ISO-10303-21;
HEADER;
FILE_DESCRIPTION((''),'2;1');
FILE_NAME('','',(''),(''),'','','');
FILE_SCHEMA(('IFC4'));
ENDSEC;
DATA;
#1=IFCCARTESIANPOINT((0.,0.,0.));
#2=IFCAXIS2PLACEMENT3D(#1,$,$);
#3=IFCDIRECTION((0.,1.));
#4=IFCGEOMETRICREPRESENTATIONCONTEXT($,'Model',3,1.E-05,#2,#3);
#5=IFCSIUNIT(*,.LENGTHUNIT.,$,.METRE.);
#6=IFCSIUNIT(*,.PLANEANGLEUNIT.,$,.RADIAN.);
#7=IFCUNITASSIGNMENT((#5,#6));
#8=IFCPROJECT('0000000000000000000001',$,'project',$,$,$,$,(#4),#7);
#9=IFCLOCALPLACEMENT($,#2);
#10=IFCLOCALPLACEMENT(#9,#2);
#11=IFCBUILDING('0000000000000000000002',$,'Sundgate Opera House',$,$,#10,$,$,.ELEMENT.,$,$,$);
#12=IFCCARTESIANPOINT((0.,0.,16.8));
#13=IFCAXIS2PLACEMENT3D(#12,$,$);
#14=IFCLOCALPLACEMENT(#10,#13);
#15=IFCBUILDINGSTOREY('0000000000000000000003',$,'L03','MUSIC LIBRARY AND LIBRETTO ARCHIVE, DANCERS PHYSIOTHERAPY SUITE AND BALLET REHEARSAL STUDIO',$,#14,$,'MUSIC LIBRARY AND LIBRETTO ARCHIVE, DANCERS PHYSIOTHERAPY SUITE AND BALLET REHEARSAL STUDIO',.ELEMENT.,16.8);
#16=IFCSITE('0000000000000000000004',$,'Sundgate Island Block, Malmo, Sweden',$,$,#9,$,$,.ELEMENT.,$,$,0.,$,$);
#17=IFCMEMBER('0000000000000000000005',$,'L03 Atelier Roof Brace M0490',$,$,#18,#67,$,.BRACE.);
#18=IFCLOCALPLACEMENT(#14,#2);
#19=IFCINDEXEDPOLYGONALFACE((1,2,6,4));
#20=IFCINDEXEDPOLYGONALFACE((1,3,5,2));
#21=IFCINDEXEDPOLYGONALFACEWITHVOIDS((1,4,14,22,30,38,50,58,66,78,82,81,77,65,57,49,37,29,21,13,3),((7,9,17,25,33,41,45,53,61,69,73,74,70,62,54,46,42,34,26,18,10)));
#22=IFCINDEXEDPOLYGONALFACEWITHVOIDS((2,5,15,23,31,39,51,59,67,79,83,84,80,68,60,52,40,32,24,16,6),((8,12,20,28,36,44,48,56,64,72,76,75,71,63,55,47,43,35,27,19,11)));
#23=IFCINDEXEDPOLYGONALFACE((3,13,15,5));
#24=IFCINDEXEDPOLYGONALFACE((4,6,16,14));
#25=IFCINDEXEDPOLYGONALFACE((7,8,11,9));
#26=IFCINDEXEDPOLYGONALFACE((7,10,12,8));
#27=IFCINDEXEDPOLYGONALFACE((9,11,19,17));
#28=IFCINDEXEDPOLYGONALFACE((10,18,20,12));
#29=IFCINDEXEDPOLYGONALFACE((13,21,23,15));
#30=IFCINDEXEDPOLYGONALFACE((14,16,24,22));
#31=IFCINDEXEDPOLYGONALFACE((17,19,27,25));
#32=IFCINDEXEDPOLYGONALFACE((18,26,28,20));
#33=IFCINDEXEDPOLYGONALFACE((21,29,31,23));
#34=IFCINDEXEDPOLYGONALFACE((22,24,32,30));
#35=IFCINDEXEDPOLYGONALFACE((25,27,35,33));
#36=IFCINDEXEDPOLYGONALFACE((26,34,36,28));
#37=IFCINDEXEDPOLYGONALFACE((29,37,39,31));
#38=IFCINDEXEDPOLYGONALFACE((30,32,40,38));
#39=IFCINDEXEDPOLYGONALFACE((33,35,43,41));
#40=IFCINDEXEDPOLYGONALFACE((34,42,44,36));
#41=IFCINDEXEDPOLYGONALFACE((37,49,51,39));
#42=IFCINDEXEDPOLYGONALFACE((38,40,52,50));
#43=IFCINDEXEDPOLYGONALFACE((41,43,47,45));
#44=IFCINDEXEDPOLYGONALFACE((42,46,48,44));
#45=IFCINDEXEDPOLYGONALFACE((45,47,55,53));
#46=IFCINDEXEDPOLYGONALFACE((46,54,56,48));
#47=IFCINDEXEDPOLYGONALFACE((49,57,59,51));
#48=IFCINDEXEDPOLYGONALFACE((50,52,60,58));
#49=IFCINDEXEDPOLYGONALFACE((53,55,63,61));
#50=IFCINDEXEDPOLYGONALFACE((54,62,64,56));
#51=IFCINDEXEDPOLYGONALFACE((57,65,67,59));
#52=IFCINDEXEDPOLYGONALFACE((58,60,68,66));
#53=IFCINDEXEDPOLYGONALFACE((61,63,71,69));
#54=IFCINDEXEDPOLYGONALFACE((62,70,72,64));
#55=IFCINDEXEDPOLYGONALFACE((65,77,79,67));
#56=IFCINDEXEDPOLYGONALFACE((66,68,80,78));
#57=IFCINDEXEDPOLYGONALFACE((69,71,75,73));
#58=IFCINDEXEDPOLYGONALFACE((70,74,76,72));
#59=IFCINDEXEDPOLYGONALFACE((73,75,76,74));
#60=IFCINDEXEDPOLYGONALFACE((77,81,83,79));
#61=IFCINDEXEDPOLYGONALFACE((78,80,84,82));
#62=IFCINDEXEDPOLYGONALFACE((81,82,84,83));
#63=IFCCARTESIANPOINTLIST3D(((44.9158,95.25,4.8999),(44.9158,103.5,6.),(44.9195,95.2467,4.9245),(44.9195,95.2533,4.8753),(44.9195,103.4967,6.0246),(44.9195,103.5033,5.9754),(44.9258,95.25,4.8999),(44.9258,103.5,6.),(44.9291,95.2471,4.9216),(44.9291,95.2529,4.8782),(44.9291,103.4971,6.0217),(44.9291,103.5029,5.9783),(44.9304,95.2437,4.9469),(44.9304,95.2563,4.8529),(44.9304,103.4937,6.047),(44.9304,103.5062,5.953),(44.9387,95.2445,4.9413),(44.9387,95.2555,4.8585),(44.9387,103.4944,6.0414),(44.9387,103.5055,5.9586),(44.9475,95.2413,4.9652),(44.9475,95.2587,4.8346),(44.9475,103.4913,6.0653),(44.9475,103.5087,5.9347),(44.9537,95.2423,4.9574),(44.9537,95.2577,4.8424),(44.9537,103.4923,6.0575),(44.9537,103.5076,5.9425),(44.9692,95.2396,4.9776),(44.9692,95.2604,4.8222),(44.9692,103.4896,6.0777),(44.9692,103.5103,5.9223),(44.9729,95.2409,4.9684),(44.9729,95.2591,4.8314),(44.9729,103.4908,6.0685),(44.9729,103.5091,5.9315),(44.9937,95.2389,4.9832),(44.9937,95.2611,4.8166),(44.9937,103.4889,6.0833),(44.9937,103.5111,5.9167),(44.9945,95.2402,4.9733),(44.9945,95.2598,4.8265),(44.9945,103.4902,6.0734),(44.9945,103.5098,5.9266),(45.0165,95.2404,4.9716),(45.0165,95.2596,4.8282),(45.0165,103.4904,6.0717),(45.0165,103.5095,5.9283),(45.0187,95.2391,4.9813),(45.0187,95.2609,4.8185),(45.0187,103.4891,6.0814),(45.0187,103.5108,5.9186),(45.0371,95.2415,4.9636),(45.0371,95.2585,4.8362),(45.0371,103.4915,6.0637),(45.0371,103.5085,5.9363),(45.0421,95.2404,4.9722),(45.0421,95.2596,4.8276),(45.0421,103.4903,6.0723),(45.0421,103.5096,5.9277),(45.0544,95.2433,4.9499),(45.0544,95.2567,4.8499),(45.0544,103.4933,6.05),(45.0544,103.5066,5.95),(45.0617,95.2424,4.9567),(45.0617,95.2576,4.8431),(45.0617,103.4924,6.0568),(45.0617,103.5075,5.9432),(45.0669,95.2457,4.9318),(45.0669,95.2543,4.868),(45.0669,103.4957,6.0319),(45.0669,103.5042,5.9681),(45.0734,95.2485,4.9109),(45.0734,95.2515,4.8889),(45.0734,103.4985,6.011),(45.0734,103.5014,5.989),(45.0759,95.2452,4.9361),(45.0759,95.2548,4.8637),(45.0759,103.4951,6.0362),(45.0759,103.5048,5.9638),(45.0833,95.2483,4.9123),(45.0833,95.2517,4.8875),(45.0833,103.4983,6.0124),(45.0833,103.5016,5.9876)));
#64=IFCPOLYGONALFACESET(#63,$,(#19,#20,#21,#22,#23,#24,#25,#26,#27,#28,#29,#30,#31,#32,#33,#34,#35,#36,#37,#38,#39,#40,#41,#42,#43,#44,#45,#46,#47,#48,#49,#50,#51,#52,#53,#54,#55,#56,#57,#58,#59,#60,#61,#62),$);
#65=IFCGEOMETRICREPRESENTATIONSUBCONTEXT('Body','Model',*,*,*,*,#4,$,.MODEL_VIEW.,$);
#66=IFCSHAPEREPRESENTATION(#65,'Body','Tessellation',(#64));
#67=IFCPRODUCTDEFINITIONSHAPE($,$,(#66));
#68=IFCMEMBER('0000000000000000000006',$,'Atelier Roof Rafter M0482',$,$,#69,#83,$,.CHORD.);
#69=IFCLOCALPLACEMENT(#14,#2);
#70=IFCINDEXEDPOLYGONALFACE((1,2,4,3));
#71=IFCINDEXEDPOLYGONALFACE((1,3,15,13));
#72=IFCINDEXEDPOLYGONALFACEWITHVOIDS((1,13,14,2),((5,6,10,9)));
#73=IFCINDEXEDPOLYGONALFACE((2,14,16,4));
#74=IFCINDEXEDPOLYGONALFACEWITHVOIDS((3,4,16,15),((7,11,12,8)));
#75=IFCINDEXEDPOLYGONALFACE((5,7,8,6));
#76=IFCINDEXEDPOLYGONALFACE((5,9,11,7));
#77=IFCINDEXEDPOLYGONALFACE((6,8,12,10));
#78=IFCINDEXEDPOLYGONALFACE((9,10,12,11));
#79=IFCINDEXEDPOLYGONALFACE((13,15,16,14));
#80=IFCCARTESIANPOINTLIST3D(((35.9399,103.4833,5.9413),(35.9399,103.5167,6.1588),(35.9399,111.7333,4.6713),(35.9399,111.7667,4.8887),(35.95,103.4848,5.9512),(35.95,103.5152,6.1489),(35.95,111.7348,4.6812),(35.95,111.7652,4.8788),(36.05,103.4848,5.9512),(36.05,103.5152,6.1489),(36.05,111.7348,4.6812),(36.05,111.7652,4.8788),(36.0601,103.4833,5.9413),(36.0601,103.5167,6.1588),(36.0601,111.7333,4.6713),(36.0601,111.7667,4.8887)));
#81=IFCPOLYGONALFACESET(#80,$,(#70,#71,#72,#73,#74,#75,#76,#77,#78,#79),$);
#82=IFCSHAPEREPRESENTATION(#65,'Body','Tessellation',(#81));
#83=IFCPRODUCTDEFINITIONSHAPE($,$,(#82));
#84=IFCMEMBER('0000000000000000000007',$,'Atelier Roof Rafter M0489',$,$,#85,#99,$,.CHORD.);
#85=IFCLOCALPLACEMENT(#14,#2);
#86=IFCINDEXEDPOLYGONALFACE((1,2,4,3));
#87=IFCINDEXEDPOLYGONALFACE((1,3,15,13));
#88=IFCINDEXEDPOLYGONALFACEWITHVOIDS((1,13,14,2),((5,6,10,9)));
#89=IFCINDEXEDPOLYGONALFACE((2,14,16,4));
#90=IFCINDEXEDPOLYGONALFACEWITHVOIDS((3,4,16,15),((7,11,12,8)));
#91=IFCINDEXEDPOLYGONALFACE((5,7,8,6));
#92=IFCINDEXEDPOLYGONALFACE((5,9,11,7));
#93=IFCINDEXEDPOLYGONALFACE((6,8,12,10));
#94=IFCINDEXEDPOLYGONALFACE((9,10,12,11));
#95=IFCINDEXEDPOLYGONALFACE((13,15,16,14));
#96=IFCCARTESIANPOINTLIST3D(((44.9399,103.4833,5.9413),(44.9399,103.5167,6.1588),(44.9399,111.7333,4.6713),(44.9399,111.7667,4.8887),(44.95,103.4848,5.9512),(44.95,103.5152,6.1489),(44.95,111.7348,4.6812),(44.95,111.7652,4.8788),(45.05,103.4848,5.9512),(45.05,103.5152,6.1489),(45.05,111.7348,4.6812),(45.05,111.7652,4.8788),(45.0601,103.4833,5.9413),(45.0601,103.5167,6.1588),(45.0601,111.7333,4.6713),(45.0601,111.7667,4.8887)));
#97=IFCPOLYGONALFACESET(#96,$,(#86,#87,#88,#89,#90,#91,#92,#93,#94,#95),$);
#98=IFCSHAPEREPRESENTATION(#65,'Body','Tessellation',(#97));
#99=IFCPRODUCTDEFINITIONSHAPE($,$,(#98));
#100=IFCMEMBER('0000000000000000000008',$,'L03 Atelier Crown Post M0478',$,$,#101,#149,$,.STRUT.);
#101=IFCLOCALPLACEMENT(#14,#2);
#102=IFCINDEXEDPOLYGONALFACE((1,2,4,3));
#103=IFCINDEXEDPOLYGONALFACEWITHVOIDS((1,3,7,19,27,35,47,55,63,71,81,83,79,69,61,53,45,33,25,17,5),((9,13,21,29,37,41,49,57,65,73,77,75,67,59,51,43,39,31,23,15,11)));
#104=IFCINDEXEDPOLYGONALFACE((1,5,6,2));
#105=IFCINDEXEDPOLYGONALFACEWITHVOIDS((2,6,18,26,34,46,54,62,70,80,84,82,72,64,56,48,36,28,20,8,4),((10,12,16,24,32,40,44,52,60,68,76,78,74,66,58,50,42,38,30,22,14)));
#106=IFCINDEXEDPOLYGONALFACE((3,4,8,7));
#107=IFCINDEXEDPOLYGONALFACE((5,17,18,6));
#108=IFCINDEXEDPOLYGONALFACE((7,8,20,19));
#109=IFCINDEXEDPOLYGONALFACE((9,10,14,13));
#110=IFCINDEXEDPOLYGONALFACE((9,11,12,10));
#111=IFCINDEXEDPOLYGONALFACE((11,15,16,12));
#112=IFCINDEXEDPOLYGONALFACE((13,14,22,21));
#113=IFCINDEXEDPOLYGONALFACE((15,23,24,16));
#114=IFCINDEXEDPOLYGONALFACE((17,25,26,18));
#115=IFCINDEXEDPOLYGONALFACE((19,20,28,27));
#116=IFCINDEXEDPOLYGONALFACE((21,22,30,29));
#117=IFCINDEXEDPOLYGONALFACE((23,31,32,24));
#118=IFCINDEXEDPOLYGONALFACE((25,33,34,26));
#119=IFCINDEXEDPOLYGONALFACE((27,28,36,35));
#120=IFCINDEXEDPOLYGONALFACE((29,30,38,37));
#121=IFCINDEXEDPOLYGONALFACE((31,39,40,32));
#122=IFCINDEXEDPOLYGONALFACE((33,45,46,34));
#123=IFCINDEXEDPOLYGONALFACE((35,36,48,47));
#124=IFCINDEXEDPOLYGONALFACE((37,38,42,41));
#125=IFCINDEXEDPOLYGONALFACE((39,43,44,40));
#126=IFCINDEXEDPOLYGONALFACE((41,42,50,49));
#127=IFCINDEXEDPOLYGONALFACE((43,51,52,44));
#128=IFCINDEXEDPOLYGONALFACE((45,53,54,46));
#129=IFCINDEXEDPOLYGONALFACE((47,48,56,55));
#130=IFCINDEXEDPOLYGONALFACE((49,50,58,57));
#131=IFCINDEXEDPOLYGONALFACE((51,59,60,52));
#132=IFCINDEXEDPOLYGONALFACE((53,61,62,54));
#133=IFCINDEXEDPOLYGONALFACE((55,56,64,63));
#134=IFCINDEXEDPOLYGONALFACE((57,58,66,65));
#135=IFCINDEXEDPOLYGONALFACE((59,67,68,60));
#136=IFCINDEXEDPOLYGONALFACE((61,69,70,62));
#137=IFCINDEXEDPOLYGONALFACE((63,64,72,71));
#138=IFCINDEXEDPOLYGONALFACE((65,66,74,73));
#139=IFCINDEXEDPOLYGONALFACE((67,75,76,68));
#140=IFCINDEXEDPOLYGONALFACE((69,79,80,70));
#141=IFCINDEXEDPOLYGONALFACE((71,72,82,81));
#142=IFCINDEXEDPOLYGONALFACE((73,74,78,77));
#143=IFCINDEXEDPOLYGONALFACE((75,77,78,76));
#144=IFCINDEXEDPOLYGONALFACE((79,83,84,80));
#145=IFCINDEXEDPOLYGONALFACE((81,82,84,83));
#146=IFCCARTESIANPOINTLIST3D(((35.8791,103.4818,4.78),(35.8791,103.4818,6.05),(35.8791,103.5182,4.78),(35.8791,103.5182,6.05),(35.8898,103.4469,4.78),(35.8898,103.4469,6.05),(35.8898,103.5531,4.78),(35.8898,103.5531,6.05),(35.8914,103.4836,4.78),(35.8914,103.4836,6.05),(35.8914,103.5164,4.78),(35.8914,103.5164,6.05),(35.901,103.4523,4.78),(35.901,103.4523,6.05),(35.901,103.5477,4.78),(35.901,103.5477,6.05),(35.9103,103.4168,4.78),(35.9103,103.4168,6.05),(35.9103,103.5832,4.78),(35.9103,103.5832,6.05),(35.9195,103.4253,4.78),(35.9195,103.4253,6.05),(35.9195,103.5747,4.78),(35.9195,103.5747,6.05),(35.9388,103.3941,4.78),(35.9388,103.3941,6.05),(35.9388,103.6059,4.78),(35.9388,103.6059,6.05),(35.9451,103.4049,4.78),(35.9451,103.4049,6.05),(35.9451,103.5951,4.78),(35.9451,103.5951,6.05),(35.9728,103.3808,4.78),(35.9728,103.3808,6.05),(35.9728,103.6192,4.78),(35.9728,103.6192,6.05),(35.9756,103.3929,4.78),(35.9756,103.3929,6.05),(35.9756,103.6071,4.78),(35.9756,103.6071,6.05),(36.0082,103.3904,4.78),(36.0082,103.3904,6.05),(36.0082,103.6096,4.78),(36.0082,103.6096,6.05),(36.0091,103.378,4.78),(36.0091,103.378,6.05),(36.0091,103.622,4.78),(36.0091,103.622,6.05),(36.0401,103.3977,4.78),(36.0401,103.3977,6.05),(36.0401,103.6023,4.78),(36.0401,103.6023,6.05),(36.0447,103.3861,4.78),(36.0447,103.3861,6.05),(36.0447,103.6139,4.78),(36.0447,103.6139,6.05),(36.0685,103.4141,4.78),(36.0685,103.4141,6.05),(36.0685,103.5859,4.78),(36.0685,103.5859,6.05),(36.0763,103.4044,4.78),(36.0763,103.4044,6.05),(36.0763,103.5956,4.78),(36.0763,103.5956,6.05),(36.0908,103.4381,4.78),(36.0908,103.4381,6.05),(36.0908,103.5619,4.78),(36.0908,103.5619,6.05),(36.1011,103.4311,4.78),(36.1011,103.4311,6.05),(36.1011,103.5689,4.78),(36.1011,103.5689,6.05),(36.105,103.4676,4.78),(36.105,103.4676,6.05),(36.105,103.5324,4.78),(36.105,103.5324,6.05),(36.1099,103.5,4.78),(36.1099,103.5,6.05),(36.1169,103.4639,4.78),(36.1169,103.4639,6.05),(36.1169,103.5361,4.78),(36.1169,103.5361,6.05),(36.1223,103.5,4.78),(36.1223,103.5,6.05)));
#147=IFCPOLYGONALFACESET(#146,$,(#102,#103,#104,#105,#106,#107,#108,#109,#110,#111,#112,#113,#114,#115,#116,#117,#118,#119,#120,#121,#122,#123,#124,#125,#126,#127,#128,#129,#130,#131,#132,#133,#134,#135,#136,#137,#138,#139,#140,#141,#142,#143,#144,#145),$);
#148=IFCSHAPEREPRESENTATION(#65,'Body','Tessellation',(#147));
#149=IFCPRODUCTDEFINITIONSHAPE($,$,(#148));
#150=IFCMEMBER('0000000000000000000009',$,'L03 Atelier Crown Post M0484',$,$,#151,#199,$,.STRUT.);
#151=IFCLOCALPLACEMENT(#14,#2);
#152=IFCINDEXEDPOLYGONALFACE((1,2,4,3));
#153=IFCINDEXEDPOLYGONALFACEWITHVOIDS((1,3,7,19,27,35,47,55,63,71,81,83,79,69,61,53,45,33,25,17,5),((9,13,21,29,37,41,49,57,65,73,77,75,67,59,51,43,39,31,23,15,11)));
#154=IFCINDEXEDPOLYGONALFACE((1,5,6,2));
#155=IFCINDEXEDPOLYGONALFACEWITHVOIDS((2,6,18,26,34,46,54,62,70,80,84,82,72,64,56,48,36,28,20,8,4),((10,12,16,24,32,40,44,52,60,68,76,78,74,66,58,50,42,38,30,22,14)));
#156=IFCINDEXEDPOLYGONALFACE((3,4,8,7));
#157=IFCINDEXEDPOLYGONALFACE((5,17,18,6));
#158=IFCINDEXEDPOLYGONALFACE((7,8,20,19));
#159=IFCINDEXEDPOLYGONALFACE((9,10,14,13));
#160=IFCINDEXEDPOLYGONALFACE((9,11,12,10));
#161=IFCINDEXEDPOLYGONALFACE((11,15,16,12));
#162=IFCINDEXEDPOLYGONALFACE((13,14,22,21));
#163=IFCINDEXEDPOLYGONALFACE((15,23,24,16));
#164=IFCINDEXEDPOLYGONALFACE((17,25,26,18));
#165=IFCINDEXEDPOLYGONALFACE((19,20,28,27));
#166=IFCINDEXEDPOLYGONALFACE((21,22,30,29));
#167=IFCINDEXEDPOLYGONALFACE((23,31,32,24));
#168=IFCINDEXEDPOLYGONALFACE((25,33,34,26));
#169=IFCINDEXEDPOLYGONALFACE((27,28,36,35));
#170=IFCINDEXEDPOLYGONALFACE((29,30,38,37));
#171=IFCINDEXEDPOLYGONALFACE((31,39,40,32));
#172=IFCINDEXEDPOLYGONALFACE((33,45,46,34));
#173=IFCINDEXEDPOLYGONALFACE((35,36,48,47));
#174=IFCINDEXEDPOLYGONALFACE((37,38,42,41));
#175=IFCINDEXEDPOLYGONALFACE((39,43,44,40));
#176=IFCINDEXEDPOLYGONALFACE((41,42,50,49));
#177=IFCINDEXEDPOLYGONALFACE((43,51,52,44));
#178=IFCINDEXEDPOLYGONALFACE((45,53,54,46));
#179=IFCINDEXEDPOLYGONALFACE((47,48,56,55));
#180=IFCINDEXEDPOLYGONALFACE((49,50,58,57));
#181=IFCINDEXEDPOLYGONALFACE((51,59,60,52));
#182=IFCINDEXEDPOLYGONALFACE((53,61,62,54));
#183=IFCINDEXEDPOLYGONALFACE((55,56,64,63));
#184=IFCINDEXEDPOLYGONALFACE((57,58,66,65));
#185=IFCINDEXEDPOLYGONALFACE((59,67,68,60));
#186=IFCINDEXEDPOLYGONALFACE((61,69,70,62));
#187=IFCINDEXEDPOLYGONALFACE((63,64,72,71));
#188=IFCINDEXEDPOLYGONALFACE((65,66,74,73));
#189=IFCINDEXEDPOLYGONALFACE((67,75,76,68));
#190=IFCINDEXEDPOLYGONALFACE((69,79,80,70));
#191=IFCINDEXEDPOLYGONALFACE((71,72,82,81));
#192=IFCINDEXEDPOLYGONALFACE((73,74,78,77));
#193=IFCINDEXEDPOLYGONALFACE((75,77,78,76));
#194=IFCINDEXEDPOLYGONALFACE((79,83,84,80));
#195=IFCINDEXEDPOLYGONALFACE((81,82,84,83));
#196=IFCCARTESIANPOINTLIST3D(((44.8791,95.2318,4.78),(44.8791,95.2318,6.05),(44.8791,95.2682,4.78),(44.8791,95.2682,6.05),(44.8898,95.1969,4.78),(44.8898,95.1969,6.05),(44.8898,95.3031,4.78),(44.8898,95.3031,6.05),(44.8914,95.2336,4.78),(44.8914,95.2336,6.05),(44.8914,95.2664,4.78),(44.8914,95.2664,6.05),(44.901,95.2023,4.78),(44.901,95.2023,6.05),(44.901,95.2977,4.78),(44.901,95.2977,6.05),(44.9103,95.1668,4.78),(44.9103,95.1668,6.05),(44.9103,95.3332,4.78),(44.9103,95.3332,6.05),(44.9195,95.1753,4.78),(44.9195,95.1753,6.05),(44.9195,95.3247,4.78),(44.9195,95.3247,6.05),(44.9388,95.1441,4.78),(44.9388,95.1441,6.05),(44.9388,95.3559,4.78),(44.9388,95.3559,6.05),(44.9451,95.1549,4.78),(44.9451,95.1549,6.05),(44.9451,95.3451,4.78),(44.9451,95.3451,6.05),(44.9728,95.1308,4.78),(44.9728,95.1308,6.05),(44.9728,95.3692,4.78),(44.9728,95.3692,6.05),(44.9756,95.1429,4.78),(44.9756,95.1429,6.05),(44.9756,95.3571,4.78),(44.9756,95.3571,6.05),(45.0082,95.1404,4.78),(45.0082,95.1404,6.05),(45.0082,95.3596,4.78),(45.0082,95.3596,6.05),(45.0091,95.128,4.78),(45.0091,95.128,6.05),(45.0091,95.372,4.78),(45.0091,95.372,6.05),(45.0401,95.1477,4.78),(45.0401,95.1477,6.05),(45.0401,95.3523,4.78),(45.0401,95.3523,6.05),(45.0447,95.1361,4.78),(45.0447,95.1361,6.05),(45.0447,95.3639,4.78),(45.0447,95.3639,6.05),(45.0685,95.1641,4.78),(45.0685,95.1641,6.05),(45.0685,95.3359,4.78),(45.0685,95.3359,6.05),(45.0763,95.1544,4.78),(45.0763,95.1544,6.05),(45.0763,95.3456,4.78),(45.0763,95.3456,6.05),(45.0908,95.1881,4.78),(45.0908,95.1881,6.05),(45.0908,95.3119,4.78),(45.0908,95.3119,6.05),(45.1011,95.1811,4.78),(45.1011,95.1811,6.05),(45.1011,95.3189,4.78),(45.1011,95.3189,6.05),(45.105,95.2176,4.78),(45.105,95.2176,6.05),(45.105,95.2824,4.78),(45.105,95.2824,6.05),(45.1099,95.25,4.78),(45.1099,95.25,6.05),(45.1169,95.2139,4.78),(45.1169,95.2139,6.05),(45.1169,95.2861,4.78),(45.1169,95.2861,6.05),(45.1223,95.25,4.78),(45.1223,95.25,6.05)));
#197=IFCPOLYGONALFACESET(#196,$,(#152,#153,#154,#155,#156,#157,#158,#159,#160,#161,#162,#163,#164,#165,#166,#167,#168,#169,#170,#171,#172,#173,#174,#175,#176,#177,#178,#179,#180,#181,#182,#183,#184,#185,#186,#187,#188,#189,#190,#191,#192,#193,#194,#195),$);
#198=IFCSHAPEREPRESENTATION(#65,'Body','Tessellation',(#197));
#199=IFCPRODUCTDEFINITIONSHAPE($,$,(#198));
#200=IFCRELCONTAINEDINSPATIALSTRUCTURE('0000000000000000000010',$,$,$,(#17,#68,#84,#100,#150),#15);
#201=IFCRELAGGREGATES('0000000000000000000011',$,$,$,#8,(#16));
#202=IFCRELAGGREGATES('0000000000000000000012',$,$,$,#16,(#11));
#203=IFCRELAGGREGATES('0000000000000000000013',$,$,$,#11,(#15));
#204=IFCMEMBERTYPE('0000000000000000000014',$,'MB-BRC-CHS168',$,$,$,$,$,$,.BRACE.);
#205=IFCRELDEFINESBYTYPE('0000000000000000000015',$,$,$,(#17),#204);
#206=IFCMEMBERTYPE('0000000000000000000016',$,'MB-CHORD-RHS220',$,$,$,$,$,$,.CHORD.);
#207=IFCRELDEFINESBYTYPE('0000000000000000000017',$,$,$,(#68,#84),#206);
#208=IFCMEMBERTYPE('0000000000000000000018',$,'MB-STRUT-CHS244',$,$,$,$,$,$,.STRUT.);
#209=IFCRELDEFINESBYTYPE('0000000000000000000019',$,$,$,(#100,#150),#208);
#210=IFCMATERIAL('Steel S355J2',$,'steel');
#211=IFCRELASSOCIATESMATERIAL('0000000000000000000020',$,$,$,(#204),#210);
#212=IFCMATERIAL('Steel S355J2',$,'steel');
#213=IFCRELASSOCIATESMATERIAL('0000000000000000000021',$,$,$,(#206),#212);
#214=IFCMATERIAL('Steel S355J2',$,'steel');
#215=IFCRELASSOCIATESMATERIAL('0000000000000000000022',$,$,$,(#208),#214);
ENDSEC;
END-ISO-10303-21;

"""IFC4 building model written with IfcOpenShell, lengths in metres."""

from ifc_helpers import new_model, si_unit, direction, frame, origin, origin_2d, place, context, subcontext, project, spatial, hollow_rectangle, hollow_circle, extrude, material, material_profile, profile_set, type_object, element, save


model = new_model("IFC4")

# Units and contexts
model_context = context("Model", 3, precision=1e-05, world=origin(), true_north=direction((0.0, 1.0)))
body_context = subcontext(model_context, "Body", "Model", "MODEL_VIEW")
ifc_project = project(units=[si_unit("LENGTHUNIT", "METRE"), si_unit("PLANEANGLEUNIT", "RADIAN")], contexts=[model_context])

# Site, building, storey
site_placement = place(None, origin())
site = spatial("IfcSite", under=ifc_project, at=site_placement, Name="Sundgate Island Block, Malmo, Sweden", CompositionType="ELEMENT", RefElevation=0.0)
building_placement = place(site_placement, origin())
building = spatial("IfcBuilding", under=site, at=building_placement, Name="Sundgate Opera House", CompositionType="ELEMENT")
storey_placement = place(building_placement, frame((0.0, 0.0, 16.8)))
storey = spatial("IfcBuildingStorey", under=building, at=storey_placement, Name="L03", Description="MUSIC LIBRARY AND LIBRETTO ARCHIVE, DANCERS PHYSIOTHERAPY SUITE AND BALLET REHEARSAL STUDIO", LongName="MUSIC LIBRARY AND LIBRETTO ARCHIVE, DANCERS PHYSIOTHERAPY SUITE AND BALLET REHEARSAL STUDIO", CompositionType="ELEMENT", Elevation=16.8)

# Members
ifc_material_1 = material(Name="Steel S355J2", Category="steel")
ifc_material_profile_1 = material_profile(ifc_material_1, hollow_circle(Radius=0.0842, WallThickness=0.01, at=origin_2d()), Name="CHS 168.3x10.0")
ifc_profile_set_1 = profile_set([ifc_material_profile_1], Name="Steel S355J2")
member_type_1 = type_object("IfcMemberType", Name="MB-BRC-CHS168", PredefinedType="BRACE", material=ifc_profile_set_1)
member_placement = place(storey_placement, frame((45.0, 95.25, 4.8999), z_axis=(0.0, 0.991226, 0.132175), x_axis=(-1.0, 0.0, 0.0)))
element("IfcMember", 1, at=member_placement, inside=storey, type_object=member_type_1, Name="L03 Atelier Roof Brace M0490", PredefinedType="BRACE", context=body_context, shape_type="SweptSolid", body=[
    extrude(hollow_circle(Radius=0.0842, WallThickness=0.01, at=origin_2d()), origin(), (0.0, 0.0, 1.0), 8.323),
])
ifc_material_2 = material(Name="Steel S355J2", Category="steel")
ifc_material_profile_2 = material_profile(ifc_material_2, hollow_rectangle(XDim=0.1201, YDim=0.22, WallThickness=0.01, at=origin_2d()), Name="RHS 220x120x10.0")
ifc_profile_set_2 = profile_set([ifc_material_profile_2], Name="Steel S355J2")
member_type_2 = type_object("IfcMemberType", Name="MB-CHORD-RHS220", PredefinedType="CHORD", material=ifc_profile_set_2)
for number, where, z_axis, x_axis, name in (
    (2, (36.0, 103.5, 6.05), (0.0, 0.988357, -0.152149), (-1.0, 0.0, 0.0), "Atelier Roof Rafter M0482"),
    (3, (45.0, 103.5, 6.05), (0.0, 0.988357, -0.152149), (-1.0, 0.0, 0.0), "Atelier Roof Rafter M0489"),
):
    element("IfcMember", number, at=place(storey_placement, frame(where, z_axis=z_axis, x_axis=x_axis)), inside=storey, type_object=member_type_2, Name=name, PredefinedType="CHORD", context=body_context, shape_type="SweptSolid", body=[
        extrude(hollow_rectangle(XDim=0.1201, YDim=0.22, WallThickness=0.01, at=origin_2d()), origin(), (0.0, 0.0, 1.0), 8.3472),
    ])
ifc_material_3 = material(Name="Steel S355J2", Category="steel")
ifc_material_profile_3 = material_profile(ifc_material_3, hollow_circle(Radius=0.1223, WallThickness=0.0125, at=origin_2d()), Name="CHS 244.5x12.5")
ifc_profile_set_3 = profile_set([ifc_material_profile_3], Name="Steel S355J2")
member_type_3 = type_object("IfcMemberType", Name="MB-STRUT-CHS244", PredefinedType="STRUT", material=ifc_profile_set_3)
for number, where, z_axis, x_axis, name in (
    (4, (36.0, 103.5, 4.78), (0.0, 0.0, 1.0), (1.0, 0.0, 0.0), "L03 Atelier Crown Post M0478"),
    (5, (45.0, 95.25, 4.78), (0.0, 0.0, 1.0), (1.0, 0.0, 0.0), "L03 Atelier Crown Post M0484"),
):
    element("IfcMember", number, at=place(storey_placement, frame(where, z_axis=z_axis, x_axis=x_axis)), inside=storey, type_object=member_type_3, Name=name, PredefinedType="STRUT", context=body_context, shape_type="SweptSolid", body=[
        extrude(hollow_circle(Radius=0.1223, WallThickness=0.0125, at=origin_2d()), origin(), (0.0, 0.0, 1.0), 1.27),
    ])

save(model, "model.ifc")
